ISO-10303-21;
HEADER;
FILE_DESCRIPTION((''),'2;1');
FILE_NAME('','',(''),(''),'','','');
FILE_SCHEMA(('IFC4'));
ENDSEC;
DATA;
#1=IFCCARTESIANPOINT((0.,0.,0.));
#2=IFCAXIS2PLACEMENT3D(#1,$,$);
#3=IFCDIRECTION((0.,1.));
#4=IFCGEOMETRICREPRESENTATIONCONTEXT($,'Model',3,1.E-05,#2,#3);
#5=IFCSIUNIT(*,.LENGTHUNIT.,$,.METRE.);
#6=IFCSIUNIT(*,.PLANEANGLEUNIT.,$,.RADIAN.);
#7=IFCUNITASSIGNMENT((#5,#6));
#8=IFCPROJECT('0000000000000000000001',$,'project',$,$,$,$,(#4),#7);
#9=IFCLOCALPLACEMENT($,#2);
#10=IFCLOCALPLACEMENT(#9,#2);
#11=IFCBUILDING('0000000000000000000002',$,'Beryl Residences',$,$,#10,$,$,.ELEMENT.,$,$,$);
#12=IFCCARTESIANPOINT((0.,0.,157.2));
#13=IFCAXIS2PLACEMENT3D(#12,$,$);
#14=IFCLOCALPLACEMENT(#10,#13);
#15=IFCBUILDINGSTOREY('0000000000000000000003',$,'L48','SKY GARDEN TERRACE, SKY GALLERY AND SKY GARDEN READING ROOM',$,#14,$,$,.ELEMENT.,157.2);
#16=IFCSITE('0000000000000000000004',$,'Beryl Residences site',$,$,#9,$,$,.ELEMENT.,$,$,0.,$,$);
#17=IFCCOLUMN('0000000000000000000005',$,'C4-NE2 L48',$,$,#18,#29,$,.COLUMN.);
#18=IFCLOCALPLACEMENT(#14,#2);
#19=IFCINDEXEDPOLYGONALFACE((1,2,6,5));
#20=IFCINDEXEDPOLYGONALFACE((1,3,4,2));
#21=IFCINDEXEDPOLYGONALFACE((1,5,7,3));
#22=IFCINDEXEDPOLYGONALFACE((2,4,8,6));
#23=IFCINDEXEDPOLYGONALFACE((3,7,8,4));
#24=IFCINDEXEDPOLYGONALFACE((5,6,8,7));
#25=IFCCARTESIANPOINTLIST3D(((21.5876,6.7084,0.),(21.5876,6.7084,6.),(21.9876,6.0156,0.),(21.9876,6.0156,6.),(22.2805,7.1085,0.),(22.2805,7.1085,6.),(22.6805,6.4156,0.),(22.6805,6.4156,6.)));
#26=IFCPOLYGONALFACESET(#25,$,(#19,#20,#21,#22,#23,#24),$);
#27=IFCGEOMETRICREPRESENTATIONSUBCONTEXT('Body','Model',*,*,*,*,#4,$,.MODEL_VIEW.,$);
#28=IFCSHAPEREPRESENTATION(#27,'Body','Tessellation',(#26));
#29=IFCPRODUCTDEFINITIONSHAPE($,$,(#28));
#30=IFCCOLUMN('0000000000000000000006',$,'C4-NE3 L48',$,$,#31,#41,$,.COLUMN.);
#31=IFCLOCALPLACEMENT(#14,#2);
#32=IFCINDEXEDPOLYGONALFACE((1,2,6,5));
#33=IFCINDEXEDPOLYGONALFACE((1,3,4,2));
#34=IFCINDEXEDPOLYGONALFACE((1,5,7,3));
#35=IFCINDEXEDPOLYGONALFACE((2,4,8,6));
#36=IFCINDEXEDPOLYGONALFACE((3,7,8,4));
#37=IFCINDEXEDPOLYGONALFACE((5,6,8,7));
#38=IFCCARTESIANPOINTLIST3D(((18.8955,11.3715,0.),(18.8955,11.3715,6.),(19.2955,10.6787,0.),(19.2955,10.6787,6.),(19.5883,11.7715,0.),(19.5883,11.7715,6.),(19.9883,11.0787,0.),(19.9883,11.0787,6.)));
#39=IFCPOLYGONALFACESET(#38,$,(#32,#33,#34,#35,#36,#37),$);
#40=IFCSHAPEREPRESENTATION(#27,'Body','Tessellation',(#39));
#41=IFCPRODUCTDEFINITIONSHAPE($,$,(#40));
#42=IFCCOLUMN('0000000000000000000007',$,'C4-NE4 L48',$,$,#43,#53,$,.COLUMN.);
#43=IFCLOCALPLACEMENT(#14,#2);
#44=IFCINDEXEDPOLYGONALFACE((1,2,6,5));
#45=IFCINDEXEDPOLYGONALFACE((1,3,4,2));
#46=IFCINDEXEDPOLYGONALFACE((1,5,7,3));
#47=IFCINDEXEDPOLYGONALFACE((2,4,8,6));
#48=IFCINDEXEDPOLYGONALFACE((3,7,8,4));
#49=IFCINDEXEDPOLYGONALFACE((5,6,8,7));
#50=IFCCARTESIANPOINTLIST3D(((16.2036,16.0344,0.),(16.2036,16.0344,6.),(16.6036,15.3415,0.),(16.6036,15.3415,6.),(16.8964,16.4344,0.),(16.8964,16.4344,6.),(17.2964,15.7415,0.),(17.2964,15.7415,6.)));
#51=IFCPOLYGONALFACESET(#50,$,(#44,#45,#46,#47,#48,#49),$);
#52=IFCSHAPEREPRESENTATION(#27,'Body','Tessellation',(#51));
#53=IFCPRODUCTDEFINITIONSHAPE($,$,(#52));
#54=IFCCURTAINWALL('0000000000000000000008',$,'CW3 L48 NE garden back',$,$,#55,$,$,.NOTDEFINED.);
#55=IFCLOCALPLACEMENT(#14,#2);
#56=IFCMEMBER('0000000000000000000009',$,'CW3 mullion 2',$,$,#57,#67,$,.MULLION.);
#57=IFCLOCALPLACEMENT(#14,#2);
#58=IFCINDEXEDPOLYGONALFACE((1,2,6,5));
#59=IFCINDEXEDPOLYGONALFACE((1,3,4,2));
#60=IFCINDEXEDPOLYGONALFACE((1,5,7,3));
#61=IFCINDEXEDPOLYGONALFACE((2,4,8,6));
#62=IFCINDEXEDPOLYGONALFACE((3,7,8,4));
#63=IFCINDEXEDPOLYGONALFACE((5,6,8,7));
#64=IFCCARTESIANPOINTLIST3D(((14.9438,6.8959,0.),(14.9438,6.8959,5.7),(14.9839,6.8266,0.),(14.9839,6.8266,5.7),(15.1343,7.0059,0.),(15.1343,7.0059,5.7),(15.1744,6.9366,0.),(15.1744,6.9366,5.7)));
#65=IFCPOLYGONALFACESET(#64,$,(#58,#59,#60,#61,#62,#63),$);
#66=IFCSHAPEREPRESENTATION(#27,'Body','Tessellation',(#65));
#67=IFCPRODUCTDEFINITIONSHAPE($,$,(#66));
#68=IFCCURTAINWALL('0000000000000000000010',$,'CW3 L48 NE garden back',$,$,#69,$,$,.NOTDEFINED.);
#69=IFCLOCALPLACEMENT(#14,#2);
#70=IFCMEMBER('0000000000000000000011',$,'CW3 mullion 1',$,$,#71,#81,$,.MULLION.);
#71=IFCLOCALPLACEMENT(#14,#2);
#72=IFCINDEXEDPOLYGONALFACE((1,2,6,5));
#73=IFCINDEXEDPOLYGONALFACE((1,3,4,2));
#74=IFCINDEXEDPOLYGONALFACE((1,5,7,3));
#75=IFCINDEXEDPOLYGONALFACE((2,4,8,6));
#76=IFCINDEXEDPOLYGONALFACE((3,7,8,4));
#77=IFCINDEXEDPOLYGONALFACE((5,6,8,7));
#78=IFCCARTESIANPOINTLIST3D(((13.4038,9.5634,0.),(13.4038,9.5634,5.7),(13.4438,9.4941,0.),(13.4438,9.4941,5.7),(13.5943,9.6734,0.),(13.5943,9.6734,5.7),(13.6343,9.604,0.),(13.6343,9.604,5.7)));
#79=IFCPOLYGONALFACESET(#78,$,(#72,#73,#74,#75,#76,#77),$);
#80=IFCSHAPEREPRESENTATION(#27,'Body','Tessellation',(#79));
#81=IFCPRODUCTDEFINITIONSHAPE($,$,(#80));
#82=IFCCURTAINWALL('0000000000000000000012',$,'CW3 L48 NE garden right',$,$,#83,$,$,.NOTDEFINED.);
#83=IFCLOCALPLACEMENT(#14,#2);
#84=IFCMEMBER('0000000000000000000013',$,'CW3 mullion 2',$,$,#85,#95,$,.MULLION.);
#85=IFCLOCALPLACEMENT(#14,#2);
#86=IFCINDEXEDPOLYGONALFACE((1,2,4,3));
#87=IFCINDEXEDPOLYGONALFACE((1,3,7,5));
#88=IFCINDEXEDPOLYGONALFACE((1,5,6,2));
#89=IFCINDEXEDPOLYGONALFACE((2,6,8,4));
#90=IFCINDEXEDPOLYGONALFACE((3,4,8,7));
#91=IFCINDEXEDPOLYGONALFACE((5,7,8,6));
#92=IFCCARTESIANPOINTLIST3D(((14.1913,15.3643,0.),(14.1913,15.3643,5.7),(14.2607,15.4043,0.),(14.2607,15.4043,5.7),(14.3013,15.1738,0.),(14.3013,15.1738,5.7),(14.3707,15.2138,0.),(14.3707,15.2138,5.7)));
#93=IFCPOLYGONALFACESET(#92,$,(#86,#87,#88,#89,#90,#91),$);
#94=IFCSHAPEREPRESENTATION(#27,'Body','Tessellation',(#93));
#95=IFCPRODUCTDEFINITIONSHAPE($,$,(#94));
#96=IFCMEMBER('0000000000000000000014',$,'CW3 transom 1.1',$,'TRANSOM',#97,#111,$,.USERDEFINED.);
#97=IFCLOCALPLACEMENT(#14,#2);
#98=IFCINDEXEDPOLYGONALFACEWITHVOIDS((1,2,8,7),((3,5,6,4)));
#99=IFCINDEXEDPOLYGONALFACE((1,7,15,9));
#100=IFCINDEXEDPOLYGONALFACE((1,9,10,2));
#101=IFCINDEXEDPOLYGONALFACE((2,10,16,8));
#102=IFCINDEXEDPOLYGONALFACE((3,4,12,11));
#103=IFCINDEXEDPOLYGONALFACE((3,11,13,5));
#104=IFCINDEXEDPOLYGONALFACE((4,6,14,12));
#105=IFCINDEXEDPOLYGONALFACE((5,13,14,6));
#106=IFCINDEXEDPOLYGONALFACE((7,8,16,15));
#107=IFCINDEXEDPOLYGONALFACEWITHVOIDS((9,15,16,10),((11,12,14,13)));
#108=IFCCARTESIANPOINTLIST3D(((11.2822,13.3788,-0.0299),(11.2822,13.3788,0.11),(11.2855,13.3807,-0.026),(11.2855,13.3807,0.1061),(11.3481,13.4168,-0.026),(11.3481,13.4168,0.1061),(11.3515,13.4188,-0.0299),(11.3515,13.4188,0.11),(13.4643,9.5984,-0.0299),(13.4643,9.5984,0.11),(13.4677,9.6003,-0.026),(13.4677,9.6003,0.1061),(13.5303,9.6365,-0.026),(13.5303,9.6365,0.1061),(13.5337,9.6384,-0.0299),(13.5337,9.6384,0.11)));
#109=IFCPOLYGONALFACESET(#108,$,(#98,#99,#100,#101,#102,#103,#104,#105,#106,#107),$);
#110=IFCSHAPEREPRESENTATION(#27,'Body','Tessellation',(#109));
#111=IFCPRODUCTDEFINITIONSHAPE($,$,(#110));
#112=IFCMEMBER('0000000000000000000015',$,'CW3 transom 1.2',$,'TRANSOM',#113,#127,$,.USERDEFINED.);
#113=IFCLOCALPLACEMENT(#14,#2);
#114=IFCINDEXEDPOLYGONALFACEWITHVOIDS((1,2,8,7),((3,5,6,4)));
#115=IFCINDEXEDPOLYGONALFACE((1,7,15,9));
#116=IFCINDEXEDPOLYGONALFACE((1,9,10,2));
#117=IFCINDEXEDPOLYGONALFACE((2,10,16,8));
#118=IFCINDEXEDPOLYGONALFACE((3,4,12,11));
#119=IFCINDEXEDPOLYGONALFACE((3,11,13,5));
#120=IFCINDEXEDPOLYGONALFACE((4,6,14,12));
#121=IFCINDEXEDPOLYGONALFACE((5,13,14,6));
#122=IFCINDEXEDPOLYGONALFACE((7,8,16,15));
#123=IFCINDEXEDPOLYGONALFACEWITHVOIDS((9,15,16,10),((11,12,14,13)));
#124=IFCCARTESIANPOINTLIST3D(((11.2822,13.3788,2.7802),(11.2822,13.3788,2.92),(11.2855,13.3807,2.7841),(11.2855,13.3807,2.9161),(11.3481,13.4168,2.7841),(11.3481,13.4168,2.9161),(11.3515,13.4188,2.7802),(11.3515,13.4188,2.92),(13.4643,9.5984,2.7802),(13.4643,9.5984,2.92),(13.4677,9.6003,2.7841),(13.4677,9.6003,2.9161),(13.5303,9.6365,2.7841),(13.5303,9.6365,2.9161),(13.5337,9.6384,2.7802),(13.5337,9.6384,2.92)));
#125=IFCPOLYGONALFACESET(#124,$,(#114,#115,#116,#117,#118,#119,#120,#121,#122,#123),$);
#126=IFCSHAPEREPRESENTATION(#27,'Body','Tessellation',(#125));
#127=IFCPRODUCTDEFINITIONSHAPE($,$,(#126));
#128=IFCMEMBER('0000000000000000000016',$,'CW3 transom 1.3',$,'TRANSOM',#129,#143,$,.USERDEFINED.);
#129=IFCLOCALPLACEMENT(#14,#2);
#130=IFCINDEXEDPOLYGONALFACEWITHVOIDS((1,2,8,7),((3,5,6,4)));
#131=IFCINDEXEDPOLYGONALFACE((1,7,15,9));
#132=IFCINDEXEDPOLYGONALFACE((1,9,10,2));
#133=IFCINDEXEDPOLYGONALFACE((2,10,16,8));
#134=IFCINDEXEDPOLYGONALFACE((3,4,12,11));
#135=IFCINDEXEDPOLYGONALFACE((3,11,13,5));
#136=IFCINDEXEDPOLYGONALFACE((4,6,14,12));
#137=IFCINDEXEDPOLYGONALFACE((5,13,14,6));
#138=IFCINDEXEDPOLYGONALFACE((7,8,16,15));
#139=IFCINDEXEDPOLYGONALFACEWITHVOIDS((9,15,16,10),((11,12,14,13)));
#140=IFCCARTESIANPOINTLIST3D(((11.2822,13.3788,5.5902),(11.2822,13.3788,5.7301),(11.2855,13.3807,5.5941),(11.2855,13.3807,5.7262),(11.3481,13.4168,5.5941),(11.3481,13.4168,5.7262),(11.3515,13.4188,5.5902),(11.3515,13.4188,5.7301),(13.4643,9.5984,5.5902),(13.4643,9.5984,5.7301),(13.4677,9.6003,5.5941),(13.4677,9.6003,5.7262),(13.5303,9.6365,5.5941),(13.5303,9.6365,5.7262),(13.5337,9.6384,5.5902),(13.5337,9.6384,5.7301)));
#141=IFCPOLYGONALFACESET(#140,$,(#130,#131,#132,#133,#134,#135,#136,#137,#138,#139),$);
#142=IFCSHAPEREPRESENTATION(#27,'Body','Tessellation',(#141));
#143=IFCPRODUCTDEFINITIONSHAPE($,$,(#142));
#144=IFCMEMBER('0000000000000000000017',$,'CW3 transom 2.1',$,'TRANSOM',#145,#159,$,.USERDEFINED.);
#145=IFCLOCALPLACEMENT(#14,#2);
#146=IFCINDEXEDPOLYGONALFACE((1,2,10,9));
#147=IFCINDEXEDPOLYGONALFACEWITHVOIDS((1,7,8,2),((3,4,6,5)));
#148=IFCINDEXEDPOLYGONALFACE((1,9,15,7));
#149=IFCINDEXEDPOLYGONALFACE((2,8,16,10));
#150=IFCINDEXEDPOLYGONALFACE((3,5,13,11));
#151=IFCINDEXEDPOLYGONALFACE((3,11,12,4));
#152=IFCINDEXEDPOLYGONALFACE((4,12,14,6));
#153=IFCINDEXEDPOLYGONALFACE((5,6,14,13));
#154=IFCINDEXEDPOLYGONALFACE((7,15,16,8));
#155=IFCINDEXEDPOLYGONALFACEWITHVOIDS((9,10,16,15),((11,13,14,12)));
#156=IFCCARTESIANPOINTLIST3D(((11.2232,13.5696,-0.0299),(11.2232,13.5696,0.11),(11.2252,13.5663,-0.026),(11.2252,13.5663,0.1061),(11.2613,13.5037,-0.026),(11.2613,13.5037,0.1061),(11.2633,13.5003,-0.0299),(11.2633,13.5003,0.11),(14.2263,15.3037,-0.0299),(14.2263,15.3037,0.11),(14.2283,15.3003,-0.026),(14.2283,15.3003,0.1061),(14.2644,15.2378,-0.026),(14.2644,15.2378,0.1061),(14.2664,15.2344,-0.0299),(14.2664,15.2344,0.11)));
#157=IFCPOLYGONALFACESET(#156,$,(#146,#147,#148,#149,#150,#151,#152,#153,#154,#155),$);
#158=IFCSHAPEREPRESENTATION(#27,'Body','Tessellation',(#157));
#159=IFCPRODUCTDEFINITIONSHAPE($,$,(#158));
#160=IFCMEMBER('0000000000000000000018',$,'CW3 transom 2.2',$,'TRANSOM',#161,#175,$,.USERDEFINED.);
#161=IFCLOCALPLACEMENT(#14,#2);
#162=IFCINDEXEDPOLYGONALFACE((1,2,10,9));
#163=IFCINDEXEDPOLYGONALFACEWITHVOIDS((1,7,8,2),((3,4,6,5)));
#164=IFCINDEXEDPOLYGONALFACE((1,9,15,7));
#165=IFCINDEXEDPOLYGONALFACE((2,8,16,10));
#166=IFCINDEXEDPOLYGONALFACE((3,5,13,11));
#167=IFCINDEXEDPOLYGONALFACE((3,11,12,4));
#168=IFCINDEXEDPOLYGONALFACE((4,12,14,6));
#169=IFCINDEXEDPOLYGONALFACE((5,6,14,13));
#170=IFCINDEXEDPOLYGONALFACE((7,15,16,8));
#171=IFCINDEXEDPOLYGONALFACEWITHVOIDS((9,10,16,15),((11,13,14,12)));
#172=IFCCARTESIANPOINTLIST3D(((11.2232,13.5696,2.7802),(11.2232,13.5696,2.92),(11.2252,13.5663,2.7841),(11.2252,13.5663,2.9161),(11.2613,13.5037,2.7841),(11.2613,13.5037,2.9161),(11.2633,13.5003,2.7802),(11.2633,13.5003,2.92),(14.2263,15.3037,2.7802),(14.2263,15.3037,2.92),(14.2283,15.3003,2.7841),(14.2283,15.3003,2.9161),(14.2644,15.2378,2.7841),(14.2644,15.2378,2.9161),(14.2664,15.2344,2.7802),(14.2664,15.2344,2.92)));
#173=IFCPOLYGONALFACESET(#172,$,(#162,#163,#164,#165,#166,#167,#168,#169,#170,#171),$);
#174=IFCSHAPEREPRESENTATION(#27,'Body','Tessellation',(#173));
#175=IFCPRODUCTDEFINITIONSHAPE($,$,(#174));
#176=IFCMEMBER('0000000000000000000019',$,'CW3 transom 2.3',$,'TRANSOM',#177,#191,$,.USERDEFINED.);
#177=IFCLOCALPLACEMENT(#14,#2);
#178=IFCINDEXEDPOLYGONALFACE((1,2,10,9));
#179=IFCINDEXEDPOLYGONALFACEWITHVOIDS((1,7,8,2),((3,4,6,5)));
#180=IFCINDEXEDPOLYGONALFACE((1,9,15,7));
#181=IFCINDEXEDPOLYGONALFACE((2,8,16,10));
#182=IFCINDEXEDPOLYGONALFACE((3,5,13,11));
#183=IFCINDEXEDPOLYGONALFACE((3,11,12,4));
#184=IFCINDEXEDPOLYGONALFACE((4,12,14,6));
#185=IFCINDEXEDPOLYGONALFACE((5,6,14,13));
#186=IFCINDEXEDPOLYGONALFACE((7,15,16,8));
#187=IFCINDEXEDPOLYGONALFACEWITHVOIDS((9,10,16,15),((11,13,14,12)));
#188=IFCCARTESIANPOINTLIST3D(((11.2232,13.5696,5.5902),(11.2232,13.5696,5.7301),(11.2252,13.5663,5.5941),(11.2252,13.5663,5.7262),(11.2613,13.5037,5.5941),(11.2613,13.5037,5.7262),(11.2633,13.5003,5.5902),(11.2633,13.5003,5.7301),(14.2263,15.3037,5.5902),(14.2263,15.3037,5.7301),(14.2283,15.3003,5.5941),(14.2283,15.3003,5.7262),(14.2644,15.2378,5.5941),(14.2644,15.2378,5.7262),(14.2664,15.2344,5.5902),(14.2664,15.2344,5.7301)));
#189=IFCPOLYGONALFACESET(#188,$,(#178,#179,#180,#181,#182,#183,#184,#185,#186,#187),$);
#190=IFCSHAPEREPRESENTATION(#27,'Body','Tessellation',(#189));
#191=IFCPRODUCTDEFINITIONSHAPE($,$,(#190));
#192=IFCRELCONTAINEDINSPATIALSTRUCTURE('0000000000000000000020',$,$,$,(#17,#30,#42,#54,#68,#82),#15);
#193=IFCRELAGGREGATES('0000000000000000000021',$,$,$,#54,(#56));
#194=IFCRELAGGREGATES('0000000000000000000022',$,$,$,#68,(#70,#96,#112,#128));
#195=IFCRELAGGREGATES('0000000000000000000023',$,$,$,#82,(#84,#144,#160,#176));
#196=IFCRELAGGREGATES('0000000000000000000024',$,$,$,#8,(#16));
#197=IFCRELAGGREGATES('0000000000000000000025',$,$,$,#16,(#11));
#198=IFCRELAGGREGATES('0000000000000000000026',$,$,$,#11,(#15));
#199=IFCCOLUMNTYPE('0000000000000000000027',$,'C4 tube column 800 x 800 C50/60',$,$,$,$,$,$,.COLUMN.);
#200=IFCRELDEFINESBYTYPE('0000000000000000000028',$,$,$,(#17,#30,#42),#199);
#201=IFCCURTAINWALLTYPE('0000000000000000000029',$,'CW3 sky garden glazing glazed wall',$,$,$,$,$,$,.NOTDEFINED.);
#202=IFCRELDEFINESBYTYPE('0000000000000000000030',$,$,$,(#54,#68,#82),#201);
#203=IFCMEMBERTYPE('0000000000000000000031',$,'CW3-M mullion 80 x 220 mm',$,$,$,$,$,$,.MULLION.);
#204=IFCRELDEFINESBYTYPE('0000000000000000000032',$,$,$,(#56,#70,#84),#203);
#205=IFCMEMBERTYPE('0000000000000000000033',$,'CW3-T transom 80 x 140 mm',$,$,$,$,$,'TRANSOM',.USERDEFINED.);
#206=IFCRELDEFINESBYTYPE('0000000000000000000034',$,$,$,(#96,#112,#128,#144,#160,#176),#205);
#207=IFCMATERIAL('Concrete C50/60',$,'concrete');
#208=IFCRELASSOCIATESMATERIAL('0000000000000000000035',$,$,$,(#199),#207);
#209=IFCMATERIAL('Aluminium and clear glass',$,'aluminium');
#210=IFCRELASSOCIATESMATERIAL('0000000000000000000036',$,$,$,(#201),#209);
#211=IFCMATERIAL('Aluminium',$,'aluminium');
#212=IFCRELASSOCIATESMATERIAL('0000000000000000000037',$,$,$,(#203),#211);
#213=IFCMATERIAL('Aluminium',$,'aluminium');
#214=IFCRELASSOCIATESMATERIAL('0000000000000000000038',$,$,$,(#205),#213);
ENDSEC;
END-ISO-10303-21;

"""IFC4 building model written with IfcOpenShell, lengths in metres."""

from ifc_helpers import new_model, si_unit, direction, frame, origin, origin_2d, place, context, subcontext, project, spatial, rectangle, hollow_rectangle, extrude, material, material_profile, profile_set, type_object, element, aggregate, save


model = new_model("IFC4")

# Units and contexts
model_context = context("Model", 3, precision=1e-05, world=origin(), true_north=direction((0.0, 1.0)))
body_context = subcontext(model_context, "Body", "Model", "MODEL_VIEW")
ifc_project = project(units=[si_unit("LENGTHUNIT", "METRE"), si_unit("PLANEANGLEUNIT", "RADIAN")], contexts=[model_context])

# Site, building, storey
site_placement = place(None, origin())
site = spatial("IfcSite", under=ifc_project, at=site_placement, Name="Beryl Residences site", CompositionType="ELEMENT", RefElevation=0.0)
building_placement = place(site_placement, origin())
building = spatial("IfcBuilding", under=site, at=building_placement, Name="Beryl Residences", CompositionType="ELEMENT")
storey_placement = place(building_placement, frame((0.0, 0.0, 157.2)))
storey = spatial("IfcBuildingStorey", under=building, at=storey_placement, Name="L48", Description="SKY GARDEN TERRACE, SKY GALLERY AND SKY GARDEN READING ROOM", CompositionType="ELEMENT", Elevation=157.2)

# Columns
ifc_material_1 = material(Name="Concrete C50/60", Category="concrete")
ifc_material_profile_1 = material_profile(ifc_material_1, rectangle(XDim=0.8, YDim=0.8, at=origin_2d()))
ifc_profile_set_1 = profile_set([ifc_material_profile_1], Name="Concrete C50/60")
column_type = type_object("IfcColumnType", Name="C4 tube column 800 x 800 C50/60", PredefinedType="COLUMN", material=ifc_profile_set_1)
for number, where, z_axis, x_axis, name in (
    (1, (22.134, 6.562, 0.0), (0.0, 0.0, 1.0), (-0.5, 0.866025, 0.0), "C4-NE2 L48"),
    (2, (19.4419, 11.2251, 0.0), (0.0, 0.0, 1.0), (-0.5, 0.866025, 0.0), "C4-NE3 L48"),
    (3, (16.75, 15.8879, 0.0), (0.0, 0.0, 1.0), (-0.5, 0.866025, 0.0), "C4-NE4 L48"),
):
    element("IfcColumn", number, at=place(storey_placement, frame(where, z_axis=z_axis, x_axis=x_axis)), inside=storey, type_object=column_type, Name=name, PredefinedType="COLUMN", context=body_context, shape_type="SweptSolid", body=[
        extrude(rectangle(XDim=0.8, YDim=0.8, at=origin_2d()), origin(), (0.0, 0.0, 1.0), 6.0),
    ])

# Curtain walls, members
ifc_material_2 = material(Name="Aluminium and clear glass", Category="aluminium")
curtain_wall_type = type_object("IfcCurtainWallType", Name="CW3 sky garden glazing glazed wall", PredefinedType="NOTDEFINED", material=ifc_material_2)
curtain_wall_1_placement = place(storey_placement, origin())
curtain_wall_1 = element("IfcCurtainWall", 4, at=curtain_wall_1_placement, inside=storey, type_object=curtain_wall_type, Name="CW3 L48 NE garden back", PredefinedType="NOTDEFINED")
ifc_material_3 = material(Name="Aluminium", Category="aluminium")
ifc_material_profile_2 = material_profile(ifc_material_3, rectangle(XDim=0.0801, YDim=0.22, at=origin_2d()))
ifc_profile_set_2 = profile_set([ifc_material_profile_2], Name="Aluminium")
member_type_1 = type_object("IfcMemberType", Name="CW3-M mullion 80 x 220 mm", PredefinedType="MULLION", material=ifc_profile_set_2)
member_1_placement = place(storey_placement, frame((15.0591, 6.9163, 0.0), z_axis=(0.0, 0.0, 1.0), x_axis=(-0.50006, 0.865991, 0.0)))
member_1 = element("IfcMember", 5, at=member_1_placement, type_object=member_type_1, Name="CW3 mullion 2", PredefinedType="MULLION", context=body_context, shape_type="SweptSolid", body=[
    extrude(rectangle(XDim=0.0801, YDim=0.22, at=origin_2d()), origin(), (0.0, 0.0, 1.0), 5.7),
])
aggregate(curtain_wall_1, [member_1])
curtain_wall_2_placement = place(storey_placement, origin())
curtain_wall_2 = element("IfcCurtainWall", 6, at=curtain_wall_2_placement, inside=storey, type_object=curtain_wall_type, Name="CW3 L48 NE garden back", PredefinedType="NOTDEFINED")
member_2_placement = place(storey_placement, frame((13.519, 9.5837, 0.0), z_axis=(0.0, 0.0, 1.0), x_axis=(-0.499895, 0.866086, 0.0)))
member_2 = element("IfcMember", 7, at=member_2_placement, type_object=member_type_1, Name="CW3 mullion 1", PredefinedType="MULLION", context=body_context, shape_type="SweptSolid", body=[
    extrude(rectangle(XDim=0.0801, YDim=0.22, at=origin_2d()), origin(), (0.0, 0.0, 1.0), 5.7),
])
curtain_wall_3_placement = place(storey_placement, origin())
curtain_wall_3 = element("IfcCurtainWall", 8, at=curtain_wall_3_placement, inside=storey, type_object=curtain_wall_type, Name="CW3 L48 NE garden right", PredefinedType="NOTDEFINED")
member_3_placement = place(storey_placement, frame((14.281, 15.2891, 0.0), z_axis=(0.0, 0.0, 1.0), x_axis=(-0.866005, -0.500036, 0.0)))
member_3 = element("IfcMember", 9, at=member_3_placement, type_object=member_type_1, Name="CW3 mullion 2", PredefinedType="MULLION", context=body_context, shape_type="SweptSolid", body=[
    extrude(rectangle(XDim=0.0801, YDim=0.22, at=origin_2d()), origin(), (0.0, 0.0, 1.0), 5.7),
])

# Members
ifc_material_4 = material(Name="Aluminium", Category="aluminium")
ifc_material_profile_3 = material_profile(ifc_material_4, hollow_rectangle(XDim=0.0801, YDim=0.1399, WallThickness=0.0039, at=origin_2d()))
ifc_profile_set_3 = profile_set([ifc_material_profile_3], Name="Aluminium")
member_type_2 = type_object("IfcMemberType", Name="CW3-T transom 80 x 140 mm", ElementType="TRANSOM", PredefinedType="USERDEFINED", material=ifc_profile_set_3)
member_4_placement = place(storey_placement, frame((13.499, 9.6184, 0.04), z_axis=(-0.499929, 0.866066, 0.0), x_axis=(-0.866066, -0.499929, 0.0)))
member_4 = element("IfcMember", 10, at=member_4_placement, type_object=member_type_2, Name="CW3 transom 1.1", ObjectType="TRANSOM", PredefinedType="USERDEFINED", context=body_context, shape_type="SweptSolid", body=[
    extrude(hollow_rectangle(XDim=0.0801, YDim=0.1399, WallThickness=0.0039, at=origin_2d()), origin(), (0.0, 0.0, 1.0), 4.365),
])
member_5_placement = place(storey_placement, frame((13.499, 9.6184, 2.8501), z_axis=(-0.499929, 0.866066, 0.0), x_axis=(-0.866066, -0.499929, 0.0)))
member_5 = element("IfcMember", 11, at=member_5_placement, type_object=member_type_2, Name="CW3 transom 1.2", ObjectType="TRANSOM", PredefinedType="USERDEFINED", context=body_context, shape_type="SweptSolid", body=[
    extrude(hollow_rectangle(XDim=0.0801, YDim=0.1399, WallThickness=0.0039, at=origin_2d()), origin(), (0.0, 0.0, 1.0), 4.365),
])
member_6_placement = place(storey_placement, frame((13.499, 9.6184, 5.6602), z_axis=(-0.499929, 0.866066, 0.0), x_axis=(-0.866066, -0.499929, 0.0)))
member_6 = element("IfcMember", 12, at=member_6_placement, type_object=member_type_2, Name="CW3 transom 1.3", ObjectType="TRANSOM", PredefinedType="USERDEFINED", context=body_context, shape_type="SweptSolid", body=[
    extrude(hollow_rectangle(XDim=0.0801, YDim=0.1399, WallThickness=0.0039, at=origin_2d()), origin(), (0.0, 0.0, 1.0), 4.365),
])
member_7_placement = place(storey_placement, frame((14.2463, 15.269, 0.04), z_axis=(-0.865994, -0.500054, 0.0), x_axis=(0.500054, -0.865994, 0.0)))
member_7 = element("IfcMember", 13, at=member_7_placement, type_object=member_type_2, Name="CW3 transom 2.1", ObjectType="TRANSOM", PredefinedType="USERDEFINED", context=body_context, shape_type="SweptSolid", body=[
    extrude(hollow_rectangle(XDim=0.0801, YDim=0.1399, WallThickness=0.0039, at=origin_2d()), origin(), (0.0, 0.0, 1.0), 3.4678),
])
member_8_placement = place(storey_placement, frame((14.2463, 15.269, 2.8501), z_axis=(-0.865994, -0.500054, 0.0), x_axis=(0.500054, -0.865994, 0.0)))
member_8 = element("IfcMember", 14, at=member_8_placement, type_object=member_type_2, Name="CW3 transom 2.2", ObjectType="TRANSOM", PredefinedType="USERDEFINED", context=body_context, shape_type="SweptSolid", body=[
    extrude(hollow_rectangle(XDim=0.0801, YDim=0.1399, WallThickness=0.0039, at=origin_2d()), origin(), (0.0, 0.0, 1.0), 3.4678),
])
member_9_placement = place(storey_placement, frame((14.2463, 15.269, 5.6602), z_axis=(-0.865994, -0.500054, 0.0), x_axis=(0.500054, -0.865994, 0.0)))
member_9 = element("IfcMember", 15, at=member_9_placement, type_object=member_type_2, Name="CW3 transom 2.3", ObjectType="TRANSOM", PredefinedType="USERDEFINED", context=body_context, shape_type="SweptSolid", body=[
    extrude(hollow_rectangle(XDim=0.0801, YDim=0.1399, WallThickness=0.0039, at=origin_2d()), origin(), (0.0, 0.0, 1.0), 3.4678),
])

aggregate(curtain_wall_2, [member_2, member_4, member_5, member_6])
aggregate(curtain_wall_3, [member_3, member_7, member_8, member_9])

save(model, "model.ifc")
